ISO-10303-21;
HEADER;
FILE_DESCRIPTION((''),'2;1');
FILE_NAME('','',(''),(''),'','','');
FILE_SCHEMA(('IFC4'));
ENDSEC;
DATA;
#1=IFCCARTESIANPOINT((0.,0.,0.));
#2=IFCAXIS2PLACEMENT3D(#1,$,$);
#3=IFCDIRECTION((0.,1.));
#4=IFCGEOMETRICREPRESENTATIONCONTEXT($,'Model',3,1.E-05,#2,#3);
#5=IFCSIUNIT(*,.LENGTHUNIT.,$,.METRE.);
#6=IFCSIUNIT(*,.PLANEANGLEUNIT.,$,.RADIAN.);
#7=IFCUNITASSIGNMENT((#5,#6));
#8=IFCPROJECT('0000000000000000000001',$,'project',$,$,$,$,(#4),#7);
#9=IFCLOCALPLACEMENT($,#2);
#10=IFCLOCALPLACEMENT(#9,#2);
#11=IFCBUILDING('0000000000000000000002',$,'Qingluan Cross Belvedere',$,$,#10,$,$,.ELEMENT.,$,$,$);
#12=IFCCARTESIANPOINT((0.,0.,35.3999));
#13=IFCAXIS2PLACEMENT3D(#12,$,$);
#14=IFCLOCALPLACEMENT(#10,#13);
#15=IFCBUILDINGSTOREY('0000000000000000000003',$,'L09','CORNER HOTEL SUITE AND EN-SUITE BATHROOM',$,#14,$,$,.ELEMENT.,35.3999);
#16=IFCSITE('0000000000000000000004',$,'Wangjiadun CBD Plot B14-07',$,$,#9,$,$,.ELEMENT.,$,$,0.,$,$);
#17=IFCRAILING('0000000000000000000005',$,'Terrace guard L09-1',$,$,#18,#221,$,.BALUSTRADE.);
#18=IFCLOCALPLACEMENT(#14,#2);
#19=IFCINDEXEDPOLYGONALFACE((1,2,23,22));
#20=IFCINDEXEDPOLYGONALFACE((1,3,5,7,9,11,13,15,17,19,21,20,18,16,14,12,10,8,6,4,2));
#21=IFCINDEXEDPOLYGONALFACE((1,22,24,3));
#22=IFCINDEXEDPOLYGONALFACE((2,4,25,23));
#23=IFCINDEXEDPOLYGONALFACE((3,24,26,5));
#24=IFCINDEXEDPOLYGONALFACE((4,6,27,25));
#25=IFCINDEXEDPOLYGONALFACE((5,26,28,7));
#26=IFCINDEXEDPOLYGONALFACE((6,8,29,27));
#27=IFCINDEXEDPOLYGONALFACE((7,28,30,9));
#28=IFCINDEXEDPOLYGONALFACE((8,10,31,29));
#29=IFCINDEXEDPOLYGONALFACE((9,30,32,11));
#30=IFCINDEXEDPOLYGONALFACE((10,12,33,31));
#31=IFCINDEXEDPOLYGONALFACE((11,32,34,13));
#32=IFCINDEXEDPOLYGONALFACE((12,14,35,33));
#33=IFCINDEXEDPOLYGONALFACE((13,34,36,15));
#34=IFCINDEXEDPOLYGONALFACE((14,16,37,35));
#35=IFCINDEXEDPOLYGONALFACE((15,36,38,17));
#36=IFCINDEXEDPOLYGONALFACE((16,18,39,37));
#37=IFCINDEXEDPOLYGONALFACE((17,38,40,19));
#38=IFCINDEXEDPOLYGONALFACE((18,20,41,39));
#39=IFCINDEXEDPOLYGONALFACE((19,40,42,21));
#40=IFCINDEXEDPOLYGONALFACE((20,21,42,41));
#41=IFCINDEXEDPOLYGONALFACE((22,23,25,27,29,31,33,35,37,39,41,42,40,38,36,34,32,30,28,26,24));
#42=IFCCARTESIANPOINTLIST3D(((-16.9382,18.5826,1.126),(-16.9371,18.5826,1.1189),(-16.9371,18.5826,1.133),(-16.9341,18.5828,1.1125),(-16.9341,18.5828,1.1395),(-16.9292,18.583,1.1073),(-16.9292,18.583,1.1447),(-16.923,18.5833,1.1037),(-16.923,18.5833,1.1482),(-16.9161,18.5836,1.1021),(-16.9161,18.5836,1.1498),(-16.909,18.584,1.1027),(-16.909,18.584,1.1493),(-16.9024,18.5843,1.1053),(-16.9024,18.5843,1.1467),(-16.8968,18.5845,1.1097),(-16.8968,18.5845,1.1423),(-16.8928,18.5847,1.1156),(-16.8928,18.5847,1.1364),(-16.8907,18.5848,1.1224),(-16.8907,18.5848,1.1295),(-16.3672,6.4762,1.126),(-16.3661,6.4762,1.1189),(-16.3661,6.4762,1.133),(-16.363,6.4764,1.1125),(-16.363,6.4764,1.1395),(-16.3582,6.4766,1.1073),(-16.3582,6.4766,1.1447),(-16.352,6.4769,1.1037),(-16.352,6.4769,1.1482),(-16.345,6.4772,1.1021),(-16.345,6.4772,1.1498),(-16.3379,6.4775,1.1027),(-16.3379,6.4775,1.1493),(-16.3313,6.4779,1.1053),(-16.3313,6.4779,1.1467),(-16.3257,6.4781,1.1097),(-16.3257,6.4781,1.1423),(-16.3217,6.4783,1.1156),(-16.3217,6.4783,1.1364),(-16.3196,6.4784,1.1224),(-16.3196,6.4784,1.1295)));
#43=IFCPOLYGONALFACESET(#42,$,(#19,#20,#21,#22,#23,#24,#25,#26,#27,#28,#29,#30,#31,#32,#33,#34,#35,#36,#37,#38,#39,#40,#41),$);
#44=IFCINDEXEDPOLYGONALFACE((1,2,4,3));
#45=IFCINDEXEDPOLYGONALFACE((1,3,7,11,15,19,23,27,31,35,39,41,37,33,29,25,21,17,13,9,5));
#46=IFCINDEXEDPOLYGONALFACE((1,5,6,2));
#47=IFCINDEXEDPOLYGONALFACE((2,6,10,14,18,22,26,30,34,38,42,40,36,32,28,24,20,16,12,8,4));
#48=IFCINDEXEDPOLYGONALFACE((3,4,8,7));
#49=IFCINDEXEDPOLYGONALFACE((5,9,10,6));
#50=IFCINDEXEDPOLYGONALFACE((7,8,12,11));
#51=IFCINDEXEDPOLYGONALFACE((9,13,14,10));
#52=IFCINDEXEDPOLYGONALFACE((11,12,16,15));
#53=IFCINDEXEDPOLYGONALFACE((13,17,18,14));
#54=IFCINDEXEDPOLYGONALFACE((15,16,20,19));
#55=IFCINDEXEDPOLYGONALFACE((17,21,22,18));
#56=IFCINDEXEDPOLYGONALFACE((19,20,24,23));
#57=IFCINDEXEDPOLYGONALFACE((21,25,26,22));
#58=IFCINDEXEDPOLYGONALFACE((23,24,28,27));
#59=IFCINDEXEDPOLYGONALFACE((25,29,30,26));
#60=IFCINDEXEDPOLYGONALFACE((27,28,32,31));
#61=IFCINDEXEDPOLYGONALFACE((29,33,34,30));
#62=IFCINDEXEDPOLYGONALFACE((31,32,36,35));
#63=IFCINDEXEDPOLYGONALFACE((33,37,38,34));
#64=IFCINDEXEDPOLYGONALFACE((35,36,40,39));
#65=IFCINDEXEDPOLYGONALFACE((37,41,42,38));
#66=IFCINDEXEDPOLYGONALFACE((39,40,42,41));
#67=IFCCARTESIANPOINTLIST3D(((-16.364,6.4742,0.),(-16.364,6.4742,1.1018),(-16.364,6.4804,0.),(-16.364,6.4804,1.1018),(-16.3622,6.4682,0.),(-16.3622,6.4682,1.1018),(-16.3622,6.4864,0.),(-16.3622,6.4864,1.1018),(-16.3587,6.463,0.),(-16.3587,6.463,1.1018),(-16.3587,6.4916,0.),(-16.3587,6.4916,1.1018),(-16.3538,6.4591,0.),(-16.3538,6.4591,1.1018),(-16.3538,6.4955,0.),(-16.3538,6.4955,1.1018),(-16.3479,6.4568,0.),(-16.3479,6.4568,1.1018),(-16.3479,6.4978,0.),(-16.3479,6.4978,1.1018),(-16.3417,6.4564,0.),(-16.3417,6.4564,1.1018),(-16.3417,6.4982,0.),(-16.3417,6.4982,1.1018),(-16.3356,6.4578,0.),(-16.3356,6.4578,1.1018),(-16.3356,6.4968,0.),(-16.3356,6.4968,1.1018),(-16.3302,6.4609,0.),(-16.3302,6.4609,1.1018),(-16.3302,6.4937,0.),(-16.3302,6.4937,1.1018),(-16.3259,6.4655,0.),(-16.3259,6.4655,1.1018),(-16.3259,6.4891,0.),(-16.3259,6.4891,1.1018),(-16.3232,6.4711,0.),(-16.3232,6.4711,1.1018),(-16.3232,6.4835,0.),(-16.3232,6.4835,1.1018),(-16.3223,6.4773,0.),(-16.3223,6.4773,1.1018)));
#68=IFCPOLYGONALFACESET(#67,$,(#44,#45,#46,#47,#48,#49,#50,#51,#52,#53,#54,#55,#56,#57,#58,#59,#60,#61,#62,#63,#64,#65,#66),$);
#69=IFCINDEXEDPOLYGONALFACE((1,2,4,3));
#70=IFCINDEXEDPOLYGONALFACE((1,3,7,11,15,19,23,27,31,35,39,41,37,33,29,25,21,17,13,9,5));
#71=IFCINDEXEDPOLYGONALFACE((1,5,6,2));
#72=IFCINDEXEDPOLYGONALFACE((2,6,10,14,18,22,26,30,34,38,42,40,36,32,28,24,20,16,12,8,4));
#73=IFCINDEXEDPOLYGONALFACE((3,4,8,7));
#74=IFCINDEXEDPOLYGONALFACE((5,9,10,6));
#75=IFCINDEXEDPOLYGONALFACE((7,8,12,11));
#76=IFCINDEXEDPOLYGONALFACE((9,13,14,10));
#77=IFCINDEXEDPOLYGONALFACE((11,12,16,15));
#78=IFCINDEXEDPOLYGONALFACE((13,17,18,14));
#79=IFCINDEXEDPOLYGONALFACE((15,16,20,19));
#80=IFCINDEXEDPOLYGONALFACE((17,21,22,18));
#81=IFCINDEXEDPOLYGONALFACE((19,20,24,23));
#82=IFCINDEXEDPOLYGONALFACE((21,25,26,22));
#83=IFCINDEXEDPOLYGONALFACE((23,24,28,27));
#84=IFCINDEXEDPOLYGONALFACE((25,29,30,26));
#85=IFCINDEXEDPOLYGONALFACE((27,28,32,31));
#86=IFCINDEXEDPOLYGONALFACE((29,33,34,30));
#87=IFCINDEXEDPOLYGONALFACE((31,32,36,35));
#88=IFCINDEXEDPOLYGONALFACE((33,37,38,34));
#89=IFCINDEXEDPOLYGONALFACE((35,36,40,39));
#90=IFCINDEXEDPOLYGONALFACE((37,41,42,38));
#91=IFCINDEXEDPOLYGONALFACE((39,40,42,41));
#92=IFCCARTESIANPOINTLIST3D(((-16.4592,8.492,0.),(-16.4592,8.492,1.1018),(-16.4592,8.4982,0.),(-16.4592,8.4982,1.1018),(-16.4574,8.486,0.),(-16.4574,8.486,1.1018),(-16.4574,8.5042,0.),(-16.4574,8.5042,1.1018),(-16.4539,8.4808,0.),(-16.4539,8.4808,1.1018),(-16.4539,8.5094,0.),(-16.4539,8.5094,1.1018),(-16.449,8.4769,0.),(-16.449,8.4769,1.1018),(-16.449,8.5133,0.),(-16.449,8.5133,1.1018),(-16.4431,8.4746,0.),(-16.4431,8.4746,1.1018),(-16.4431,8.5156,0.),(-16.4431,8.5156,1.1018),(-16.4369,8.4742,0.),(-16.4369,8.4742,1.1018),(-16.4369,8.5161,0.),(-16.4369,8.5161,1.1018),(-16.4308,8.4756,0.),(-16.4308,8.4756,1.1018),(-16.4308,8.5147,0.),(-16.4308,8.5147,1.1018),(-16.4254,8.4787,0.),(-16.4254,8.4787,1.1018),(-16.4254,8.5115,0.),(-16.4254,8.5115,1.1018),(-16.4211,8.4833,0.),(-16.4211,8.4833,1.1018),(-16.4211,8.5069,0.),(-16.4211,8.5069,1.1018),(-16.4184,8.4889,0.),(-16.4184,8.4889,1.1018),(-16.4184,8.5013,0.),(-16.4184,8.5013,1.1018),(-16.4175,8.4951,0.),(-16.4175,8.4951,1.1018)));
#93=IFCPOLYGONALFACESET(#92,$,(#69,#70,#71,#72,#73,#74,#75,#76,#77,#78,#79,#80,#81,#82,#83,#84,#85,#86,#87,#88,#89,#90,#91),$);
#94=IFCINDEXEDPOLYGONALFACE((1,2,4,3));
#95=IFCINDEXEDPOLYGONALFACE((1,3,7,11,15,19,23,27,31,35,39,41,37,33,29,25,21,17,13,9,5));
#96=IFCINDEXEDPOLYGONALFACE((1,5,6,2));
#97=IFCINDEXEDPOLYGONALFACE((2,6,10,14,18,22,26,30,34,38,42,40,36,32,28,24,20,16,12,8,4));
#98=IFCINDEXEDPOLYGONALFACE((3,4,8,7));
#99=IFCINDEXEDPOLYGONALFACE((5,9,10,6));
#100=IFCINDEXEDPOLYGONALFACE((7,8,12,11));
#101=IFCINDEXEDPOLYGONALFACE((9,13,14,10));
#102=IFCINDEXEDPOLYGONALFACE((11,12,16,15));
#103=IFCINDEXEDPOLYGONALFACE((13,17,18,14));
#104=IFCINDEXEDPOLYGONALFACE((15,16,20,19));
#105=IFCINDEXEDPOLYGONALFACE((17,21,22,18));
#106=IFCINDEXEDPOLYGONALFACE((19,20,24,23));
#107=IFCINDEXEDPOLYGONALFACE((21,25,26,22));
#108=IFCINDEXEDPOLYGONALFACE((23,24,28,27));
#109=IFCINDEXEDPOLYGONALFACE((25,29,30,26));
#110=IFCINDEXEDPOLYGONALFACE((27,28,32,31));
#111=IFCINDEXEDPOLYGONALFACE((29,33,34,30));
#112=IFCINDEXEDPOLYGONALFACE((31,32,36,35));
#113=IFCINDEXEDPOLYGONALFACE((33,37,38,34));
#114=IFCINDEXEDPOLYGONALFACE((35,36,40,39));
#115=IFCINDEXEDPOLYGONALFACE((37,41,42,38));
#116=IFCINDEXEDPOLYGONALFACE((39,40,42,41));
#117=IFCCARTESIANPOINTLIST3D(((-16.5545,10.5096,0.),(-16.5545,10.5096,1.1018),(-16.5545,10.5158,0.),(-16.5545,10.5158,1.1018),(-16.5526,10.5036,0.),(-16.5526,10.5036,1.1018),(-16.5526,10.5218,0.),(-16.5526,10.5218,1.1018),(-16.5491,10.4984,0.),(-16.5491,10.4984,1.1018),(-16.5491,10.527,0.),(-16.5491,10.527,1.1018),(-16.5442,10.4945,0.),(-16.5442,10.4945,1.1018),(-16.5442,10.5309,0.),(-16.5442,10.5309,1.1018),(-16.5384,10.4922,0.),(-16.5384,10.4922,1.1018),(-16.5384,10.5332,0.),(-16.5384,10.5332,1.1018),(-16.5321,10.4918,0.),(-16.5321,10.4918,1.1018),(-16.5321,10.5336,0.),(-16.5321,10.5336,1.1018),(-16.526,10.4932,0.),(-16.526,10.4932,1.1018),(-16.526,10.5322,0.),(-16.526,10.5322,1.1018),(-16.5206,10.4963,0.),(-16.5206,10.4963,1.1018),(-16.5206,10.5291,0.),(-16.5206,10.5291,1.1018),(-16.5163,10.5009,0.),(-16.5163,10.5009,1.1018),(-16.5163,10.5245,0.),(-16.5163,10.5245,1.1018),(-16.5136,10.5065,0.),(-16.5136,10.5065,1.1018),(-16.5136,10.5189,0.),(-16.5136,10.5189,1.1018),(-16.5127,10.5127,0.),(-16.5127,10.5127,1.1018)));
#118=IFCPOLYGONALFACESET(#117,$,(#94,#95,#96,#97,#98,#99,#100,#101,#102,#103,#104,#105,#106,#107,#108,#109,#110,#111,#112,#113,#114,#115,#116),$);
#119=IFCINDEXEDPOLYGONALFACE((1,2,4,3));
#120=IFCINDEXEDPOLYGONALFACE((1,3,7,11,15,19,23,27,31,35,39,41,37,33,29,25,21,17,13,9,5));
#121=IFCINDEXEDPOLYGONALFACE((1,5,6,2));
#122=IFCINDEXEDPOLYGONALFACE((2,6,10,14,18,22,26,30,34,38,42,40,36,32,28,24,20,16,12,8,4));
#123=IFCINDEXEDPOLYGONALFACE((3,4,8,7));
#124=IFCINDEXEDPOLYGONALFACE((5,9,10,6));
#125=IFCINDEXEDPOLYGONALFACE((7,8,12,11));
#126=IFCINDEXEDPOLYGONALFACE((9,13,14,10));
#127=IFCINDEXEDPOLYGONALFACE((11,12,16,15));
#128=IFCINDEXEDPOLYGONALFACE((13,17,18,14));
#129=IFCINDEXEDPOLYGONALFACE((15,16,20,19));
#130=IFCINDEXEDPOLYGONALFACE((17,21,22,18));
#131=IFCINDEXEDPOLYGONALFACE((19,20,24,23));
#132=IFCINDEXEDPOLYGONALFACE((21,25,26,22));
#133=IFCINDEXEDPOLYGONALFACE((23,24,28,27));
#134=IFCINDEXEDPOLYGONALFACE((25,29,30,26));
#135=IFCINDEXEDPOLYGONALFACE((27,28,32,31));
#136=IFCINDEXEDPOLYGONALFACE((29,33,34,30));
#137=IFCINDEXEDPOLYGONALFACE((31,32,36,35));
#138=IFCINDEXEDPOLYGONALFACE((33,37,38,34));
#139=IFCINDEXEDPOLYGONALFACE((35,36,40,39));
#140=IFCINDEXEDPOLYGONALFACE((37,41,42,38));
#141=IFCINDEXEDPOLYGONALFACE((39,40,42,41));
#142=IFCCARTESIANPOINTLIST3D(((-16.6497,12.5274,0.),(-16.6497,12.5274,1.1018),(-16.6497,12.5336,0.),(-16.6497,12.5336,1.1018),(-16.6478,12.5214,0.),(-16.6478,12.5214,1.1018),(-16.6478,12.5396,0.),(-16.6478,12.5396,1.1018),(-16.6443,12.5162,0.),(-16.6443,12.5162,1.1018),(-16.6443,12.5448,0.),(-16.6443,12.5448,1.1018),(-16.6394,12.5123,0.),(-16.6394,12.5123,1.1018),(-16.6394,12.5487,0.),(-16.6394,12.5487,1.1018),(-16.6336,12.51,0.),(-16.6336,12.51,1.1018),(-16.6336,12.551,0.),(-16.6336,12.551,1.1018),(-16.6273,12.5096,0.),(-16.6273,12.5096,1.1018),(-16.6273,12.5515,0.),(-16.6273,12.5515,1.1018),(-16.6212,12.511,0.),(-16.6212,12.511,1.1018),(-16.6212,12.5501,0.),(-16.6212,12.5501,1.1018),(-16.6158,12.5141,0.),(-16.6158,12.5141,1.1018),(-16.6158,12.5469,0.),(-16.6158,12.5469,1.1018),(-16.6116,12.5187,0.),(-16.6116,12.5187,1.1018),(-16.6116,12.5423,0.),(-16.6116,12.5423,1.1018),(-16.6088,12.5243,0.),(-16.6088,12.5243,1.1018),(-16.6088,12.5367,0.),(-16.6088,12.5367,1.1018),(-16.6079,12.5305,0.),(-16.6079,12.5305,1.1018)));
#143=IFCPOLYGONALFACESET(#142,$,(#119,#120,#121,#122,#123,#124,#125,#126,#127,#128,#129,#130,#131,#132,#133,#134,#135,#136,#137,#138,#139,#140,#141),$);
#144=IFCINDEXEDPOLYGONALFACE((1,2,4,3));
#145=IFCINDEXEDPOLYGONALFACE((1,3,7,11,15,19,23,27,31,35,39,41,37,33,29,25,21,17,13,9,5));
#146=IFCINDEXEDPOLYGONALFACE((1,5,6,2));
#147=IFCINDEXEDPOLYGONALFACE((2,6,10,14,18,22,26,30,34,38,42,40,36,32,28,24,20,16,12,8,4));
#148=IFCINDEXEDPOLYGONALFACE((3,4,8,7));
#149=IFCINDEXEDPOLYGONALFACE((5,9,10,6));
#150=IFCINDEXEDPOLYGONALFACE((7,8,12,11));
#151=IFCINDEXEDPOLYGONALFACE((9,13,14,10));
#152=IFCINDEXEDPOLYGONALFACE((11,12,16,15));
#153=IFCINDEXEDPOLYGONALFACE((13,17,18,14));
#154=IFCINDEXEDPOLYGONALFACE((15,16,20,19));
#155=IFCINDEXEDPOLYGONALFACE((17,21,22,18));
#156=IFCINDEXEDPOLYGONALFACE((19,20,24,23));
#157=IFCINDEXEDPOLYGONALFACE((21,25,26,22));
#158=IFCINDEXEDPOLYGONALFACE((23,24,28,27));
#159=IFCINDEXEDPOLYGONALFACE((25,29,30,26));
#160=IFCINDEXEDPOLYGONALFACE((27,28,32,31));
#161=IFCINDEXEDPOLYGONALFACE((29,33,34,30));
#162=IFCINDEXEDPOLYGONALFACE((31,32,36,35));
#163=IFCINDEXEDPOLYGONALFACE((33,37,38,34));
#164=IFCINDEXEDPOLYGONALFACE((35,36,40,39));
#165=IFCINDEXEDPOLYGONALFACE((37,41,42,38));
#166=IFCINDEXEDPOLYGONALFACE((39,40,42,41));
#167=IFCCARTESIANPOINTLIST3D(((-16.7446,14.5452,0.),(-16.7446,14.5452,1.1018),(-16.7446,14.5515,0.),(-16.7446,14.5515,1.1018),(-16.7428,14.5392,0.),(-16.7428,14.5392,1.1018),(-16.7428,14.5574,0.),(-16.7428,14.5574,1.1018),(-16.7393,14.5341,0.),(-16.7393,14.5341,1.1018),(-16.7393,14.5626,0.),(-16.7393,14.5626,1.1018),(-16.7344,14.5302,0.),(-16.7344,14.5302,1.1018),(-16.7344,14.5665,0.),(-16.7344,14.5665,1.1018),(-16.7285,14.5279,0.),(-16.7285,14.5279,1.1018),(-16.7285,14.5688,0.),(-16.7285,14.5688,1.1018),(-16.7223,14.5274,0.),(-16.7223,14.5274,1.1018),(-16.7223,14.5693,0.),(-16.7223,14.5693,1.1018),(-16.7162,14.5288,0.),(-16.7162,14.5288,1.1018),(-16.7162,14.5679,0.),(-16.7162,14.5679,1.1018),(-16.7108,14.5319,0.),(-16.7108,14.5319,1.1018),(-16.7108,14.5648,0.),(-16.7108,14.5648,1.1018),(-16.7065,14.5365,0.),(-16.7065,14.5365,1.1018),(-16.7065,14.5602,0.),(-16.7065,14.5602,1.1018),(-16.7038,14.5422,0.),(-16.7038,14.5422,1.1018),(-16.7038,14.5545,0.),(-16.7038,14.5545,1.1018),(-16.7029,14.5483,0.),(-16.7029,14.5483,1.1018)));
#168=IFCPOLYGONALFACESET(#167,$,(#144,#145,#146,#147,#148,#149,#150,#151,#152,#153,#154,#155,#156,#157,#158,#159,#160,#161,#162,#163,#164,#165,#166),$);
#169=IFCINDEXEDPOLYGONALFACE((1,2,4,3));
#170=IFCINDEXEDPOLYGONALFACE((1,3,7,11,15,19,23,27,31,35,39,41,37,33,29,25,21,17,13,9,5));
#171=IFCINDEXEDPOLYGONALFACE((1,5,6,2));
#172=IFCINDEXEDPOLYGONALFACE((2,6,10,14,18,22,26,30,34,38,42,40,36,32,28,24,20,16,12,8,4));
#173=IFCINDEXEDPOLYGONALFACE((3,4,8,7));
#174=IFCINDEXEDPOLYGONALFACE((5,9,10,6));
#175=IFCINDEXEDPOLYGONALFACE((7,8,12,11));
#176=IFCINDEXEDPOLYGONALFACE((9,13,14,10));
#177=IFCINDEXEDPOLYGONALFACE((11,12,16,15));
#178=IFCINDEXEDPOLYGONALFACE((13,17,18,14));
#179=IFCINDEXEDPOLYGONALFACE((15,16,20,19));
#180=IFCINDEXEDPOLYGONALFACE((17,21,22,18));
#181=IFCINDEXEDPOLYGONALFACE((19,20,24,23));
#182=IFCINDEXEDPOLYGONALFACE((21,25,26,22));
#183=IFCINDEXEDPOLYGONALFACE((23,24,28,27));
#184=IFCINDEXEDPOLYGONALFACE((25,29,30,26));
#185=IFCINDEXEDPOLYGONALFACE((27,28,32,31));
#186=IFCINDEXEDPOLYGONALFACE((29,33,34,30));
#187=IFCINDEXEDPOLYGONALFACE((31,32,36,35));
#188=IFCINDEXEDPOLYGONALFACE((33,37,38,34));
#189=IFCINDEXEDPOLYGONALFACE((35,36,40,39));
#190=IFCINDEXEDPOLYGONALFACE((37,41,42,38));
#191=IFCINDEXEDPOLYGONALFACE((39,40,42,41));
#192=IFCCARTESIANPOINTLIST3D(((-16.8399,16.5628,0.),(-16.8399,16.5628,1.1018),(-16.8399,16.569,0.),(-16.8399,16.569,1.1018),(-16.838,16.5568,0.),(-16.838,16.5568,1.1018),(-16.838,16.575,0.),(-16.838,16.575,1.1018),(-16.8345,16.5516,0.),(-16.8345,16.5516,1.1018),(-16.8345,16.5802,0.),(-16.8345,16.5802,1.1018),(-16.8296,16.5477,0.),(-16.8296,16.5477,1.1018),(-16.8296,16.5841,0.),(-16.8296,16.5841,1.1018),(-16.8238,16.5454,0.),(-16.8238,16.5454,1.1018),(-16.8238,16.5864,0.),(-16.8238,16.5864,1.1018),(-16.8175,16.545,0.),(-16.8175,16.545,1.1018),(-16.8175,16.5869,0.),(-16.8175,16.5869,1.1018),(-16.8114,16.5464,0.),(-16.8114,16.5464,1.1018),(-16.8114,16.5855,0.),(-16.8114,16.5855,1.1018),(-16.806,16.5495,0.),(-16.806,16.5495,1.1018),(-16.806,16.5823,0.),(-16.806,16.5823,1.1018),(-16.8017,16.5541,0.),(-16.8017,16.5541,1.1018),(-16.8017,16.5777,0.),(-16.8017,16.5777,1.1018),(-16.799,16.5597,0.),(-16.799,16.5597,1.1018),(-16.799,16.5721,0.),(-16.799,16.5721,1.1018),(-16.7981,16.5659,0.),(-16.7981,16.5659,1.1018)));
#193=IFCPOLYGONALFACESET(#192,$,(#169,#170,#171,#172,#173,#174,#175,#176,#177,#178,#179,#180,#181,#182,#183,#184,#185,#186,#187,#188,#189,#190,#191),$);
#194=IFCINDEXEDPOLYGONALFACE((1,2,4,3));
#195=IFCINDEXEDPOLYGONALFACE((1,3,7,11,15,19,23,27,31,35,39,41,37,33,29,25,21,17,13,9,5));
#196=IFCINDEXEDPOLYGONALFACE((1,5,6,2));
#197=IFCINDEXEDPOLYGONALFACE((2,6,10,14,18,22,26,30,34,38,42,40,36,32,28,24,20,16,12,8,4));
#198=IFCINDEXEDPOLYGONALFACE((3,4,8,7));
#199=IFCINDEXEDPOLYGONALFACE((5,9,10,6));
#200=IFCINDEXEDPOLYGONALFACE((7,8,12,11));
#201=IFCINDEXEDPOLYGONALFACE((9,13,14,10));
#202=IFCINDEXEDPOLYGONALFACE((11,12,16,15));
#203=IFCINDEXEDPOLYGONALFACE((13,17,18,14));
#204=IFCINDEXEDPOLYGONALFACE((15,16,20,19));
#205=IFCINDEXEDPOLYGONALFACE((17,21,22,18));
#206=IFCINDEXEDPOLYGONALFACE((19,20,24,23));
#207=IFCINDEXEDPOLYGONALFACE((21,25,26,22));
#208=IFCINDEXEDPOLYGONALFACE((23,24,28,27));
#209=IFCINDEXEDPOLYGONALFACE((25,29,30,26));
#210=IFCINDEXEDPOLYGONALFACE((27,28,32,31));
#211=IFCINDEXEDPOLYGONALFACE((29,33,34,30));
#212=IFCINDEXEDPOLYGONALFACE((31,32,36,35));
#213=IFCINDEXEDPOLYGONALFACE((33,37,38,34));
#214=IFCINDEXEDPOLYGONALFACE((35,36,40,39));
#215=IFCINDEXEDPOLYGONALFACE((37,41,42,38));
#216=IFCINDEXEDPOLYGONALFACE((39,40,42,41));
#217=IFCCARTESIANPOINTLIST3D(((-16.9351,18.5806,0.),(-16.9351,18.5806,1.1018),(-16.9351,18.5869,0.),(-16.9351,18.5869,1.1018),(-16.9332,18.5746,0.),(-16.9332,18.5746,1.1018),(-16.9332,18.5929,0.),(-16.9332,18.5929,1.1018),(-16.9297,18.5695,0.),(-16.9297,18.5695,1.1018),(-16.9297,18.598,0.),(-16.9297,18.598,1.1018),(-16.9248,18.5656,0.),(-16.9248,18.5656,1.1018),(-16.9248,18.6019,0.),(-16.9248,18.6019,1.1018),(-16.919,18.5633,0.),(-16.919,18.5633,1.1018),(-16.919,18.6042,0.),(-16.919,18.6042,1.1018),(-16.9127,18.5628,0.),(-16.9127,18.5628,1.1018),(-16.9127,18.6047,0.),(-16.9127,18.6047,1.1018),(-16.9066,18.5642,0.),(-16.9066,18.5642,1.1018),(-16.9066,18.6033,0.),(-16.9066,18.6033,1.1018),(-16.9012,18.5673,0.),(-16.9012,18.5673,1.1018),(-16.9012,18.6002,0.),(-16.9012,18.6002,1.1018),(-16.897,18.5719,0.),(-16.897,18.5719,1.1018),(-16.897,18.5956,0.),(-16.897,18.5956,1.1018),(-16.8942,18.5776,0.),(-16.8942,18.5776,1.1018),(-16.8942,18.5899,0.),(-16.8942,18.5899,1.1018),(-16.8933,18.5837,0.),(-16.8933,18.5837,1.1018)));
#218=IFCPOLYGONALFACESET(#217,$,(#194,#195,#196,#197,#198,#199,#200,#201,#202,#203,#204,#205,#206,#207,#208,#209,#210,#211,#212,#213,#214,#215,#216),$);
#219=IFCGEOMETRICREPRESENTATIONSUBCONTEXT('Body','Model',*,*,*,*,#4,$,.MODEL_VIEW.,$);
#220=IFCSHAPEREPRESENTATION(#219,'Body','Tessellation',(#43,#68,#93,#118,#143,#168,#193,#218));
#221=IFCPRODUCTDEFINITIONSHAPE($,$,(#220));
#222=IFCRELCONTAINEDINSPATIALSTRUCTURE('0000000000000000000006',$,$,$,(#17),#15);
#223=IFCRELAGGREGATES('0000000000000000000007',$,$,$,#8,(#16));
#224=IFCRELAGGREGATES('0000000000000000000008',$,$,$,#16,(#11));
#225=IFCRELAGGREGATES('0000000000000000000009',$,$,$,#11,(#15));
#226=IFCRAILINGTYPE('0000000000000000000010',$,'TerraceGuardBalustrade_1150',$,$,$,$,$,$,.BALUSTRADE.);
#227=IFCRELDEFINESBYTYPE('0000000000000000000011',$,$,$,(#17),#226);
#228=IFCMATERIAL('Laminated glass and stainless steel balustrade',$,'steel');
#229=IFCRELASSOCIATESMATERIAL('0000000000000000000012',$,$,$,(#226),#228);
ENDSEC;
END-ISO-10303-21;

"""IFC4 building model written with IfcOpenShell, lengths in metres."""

from ifc_helpers import new_model, si_unit, direction, frame, origin, origin_2d, place, context, subcontext, project, spatial, circle, extrude, material, type_object, element, save


model = new_model("IFC4")

# Units and contexts
model_context = context("Model", 3, precision=1e-05, world=origin(), true_north=direction((0.0, 1.0)))
body_context = subcontext(model_context, "Body", "Model", "MODEL_VIEW")
ifc_project = project(units=[si_unit("LENGTHUNIT", "METRE"), si_unit("PLANEANGLEUNIT", "RADIAN")], contexts=[model_context])

# Site, building, storey
site_placement = place(None, origin())
site = spatial("IfcSite", under=ifc_project, at=site_placement, Name="Wangjiadun CBD Plot B14-07", CompositionType="ELEMENT", RefElevation=0.0)
building_placement = place(site_placement, origin())
building = spatial("IfcBuilding", under=site, at=building_placement, Name="Qingluan Cross Belvedere", CompositionType="ELEMENT")
storey_placement = place(building_placement, frame((0.0, 0.0, 35.3999)))
storey = spatial("IfcBuildingStorey", under=building, at=storey_placement, Name="L09", Description="CORNER HOTEL SUITE AND EN-SUITE BATHROOM", CompositionType="ELEMENT", Elevation=35.3999)

# Railing
ifc_material_1 = material(Name="Laminated glass and stainless steel balustrade", Category="steel")
railing_type = type_object("IfcRailingType", Name="TerraceGuardBalustrade_1150", PredefinedType="BALUSTRADE", material=ifc_material_1)
railing_placement = place(storey_placement, frame((-16.3433, 6.4773, 0.0)))
element("IfcRailing", 1, at=railing_placement, inside=storey, type_object=railing_type, Name="Terrace guard L09-1", PredefinedType="BALUSTRADE", context=body_context, shape_type="SweptSolid", body=[
    extrude(circle(Radius=0.0239, at=origin_2d()), frame((0.0, 0.0, 1.126), z_axis=(-0.047116, 0.998889, 0.0), x_axis=(-0.998889, -0.047116, 0.0)), (0.0, 0.0, 1.0), 12.1199),
    extrude(circle(Radius=0.021, at=origin_2d()), origin(), (0.0, 0.0, 1.0), 1.1018),
    extrude(circle(Radius=0.021, at=origin_2d()), frame((-0.0952, 2.0178, 0.0)), (0.0, 0.0, 1.0), 1.1018),
    extrude(circle(Radius=0.021, at=origin_2d()), frame((-0.1904, 4.0354, 0.0)), (0.0, 0.0, 1.0), 1.1018),
    extrude(circle(Radius=0.021, at=origin_2d()), frame((-0.2856, 6.0532, 0.0)), (0.0, 0.0, 1.0), 1.1018),
    extrude(circle(Radius=0.021, at=origin_2d()), frame((-0.3806, 8.071, 0.0)), (0.0, 0.0, 1.0), 1.1018),
    extrude(circle(Radius=0.021, at=origin_2d()), frame((-0.4758, 10.0886, 0.0)), (0.0, 0.0, 1.0), 1.1018),
    extrude(circle(Radius=0.021, at=origin_2d()), frame((-0.571, 12.1064, 0.0)), (0.0, 0.0, 1.0), 1.1018),
])

save(model, "model.ifc")
